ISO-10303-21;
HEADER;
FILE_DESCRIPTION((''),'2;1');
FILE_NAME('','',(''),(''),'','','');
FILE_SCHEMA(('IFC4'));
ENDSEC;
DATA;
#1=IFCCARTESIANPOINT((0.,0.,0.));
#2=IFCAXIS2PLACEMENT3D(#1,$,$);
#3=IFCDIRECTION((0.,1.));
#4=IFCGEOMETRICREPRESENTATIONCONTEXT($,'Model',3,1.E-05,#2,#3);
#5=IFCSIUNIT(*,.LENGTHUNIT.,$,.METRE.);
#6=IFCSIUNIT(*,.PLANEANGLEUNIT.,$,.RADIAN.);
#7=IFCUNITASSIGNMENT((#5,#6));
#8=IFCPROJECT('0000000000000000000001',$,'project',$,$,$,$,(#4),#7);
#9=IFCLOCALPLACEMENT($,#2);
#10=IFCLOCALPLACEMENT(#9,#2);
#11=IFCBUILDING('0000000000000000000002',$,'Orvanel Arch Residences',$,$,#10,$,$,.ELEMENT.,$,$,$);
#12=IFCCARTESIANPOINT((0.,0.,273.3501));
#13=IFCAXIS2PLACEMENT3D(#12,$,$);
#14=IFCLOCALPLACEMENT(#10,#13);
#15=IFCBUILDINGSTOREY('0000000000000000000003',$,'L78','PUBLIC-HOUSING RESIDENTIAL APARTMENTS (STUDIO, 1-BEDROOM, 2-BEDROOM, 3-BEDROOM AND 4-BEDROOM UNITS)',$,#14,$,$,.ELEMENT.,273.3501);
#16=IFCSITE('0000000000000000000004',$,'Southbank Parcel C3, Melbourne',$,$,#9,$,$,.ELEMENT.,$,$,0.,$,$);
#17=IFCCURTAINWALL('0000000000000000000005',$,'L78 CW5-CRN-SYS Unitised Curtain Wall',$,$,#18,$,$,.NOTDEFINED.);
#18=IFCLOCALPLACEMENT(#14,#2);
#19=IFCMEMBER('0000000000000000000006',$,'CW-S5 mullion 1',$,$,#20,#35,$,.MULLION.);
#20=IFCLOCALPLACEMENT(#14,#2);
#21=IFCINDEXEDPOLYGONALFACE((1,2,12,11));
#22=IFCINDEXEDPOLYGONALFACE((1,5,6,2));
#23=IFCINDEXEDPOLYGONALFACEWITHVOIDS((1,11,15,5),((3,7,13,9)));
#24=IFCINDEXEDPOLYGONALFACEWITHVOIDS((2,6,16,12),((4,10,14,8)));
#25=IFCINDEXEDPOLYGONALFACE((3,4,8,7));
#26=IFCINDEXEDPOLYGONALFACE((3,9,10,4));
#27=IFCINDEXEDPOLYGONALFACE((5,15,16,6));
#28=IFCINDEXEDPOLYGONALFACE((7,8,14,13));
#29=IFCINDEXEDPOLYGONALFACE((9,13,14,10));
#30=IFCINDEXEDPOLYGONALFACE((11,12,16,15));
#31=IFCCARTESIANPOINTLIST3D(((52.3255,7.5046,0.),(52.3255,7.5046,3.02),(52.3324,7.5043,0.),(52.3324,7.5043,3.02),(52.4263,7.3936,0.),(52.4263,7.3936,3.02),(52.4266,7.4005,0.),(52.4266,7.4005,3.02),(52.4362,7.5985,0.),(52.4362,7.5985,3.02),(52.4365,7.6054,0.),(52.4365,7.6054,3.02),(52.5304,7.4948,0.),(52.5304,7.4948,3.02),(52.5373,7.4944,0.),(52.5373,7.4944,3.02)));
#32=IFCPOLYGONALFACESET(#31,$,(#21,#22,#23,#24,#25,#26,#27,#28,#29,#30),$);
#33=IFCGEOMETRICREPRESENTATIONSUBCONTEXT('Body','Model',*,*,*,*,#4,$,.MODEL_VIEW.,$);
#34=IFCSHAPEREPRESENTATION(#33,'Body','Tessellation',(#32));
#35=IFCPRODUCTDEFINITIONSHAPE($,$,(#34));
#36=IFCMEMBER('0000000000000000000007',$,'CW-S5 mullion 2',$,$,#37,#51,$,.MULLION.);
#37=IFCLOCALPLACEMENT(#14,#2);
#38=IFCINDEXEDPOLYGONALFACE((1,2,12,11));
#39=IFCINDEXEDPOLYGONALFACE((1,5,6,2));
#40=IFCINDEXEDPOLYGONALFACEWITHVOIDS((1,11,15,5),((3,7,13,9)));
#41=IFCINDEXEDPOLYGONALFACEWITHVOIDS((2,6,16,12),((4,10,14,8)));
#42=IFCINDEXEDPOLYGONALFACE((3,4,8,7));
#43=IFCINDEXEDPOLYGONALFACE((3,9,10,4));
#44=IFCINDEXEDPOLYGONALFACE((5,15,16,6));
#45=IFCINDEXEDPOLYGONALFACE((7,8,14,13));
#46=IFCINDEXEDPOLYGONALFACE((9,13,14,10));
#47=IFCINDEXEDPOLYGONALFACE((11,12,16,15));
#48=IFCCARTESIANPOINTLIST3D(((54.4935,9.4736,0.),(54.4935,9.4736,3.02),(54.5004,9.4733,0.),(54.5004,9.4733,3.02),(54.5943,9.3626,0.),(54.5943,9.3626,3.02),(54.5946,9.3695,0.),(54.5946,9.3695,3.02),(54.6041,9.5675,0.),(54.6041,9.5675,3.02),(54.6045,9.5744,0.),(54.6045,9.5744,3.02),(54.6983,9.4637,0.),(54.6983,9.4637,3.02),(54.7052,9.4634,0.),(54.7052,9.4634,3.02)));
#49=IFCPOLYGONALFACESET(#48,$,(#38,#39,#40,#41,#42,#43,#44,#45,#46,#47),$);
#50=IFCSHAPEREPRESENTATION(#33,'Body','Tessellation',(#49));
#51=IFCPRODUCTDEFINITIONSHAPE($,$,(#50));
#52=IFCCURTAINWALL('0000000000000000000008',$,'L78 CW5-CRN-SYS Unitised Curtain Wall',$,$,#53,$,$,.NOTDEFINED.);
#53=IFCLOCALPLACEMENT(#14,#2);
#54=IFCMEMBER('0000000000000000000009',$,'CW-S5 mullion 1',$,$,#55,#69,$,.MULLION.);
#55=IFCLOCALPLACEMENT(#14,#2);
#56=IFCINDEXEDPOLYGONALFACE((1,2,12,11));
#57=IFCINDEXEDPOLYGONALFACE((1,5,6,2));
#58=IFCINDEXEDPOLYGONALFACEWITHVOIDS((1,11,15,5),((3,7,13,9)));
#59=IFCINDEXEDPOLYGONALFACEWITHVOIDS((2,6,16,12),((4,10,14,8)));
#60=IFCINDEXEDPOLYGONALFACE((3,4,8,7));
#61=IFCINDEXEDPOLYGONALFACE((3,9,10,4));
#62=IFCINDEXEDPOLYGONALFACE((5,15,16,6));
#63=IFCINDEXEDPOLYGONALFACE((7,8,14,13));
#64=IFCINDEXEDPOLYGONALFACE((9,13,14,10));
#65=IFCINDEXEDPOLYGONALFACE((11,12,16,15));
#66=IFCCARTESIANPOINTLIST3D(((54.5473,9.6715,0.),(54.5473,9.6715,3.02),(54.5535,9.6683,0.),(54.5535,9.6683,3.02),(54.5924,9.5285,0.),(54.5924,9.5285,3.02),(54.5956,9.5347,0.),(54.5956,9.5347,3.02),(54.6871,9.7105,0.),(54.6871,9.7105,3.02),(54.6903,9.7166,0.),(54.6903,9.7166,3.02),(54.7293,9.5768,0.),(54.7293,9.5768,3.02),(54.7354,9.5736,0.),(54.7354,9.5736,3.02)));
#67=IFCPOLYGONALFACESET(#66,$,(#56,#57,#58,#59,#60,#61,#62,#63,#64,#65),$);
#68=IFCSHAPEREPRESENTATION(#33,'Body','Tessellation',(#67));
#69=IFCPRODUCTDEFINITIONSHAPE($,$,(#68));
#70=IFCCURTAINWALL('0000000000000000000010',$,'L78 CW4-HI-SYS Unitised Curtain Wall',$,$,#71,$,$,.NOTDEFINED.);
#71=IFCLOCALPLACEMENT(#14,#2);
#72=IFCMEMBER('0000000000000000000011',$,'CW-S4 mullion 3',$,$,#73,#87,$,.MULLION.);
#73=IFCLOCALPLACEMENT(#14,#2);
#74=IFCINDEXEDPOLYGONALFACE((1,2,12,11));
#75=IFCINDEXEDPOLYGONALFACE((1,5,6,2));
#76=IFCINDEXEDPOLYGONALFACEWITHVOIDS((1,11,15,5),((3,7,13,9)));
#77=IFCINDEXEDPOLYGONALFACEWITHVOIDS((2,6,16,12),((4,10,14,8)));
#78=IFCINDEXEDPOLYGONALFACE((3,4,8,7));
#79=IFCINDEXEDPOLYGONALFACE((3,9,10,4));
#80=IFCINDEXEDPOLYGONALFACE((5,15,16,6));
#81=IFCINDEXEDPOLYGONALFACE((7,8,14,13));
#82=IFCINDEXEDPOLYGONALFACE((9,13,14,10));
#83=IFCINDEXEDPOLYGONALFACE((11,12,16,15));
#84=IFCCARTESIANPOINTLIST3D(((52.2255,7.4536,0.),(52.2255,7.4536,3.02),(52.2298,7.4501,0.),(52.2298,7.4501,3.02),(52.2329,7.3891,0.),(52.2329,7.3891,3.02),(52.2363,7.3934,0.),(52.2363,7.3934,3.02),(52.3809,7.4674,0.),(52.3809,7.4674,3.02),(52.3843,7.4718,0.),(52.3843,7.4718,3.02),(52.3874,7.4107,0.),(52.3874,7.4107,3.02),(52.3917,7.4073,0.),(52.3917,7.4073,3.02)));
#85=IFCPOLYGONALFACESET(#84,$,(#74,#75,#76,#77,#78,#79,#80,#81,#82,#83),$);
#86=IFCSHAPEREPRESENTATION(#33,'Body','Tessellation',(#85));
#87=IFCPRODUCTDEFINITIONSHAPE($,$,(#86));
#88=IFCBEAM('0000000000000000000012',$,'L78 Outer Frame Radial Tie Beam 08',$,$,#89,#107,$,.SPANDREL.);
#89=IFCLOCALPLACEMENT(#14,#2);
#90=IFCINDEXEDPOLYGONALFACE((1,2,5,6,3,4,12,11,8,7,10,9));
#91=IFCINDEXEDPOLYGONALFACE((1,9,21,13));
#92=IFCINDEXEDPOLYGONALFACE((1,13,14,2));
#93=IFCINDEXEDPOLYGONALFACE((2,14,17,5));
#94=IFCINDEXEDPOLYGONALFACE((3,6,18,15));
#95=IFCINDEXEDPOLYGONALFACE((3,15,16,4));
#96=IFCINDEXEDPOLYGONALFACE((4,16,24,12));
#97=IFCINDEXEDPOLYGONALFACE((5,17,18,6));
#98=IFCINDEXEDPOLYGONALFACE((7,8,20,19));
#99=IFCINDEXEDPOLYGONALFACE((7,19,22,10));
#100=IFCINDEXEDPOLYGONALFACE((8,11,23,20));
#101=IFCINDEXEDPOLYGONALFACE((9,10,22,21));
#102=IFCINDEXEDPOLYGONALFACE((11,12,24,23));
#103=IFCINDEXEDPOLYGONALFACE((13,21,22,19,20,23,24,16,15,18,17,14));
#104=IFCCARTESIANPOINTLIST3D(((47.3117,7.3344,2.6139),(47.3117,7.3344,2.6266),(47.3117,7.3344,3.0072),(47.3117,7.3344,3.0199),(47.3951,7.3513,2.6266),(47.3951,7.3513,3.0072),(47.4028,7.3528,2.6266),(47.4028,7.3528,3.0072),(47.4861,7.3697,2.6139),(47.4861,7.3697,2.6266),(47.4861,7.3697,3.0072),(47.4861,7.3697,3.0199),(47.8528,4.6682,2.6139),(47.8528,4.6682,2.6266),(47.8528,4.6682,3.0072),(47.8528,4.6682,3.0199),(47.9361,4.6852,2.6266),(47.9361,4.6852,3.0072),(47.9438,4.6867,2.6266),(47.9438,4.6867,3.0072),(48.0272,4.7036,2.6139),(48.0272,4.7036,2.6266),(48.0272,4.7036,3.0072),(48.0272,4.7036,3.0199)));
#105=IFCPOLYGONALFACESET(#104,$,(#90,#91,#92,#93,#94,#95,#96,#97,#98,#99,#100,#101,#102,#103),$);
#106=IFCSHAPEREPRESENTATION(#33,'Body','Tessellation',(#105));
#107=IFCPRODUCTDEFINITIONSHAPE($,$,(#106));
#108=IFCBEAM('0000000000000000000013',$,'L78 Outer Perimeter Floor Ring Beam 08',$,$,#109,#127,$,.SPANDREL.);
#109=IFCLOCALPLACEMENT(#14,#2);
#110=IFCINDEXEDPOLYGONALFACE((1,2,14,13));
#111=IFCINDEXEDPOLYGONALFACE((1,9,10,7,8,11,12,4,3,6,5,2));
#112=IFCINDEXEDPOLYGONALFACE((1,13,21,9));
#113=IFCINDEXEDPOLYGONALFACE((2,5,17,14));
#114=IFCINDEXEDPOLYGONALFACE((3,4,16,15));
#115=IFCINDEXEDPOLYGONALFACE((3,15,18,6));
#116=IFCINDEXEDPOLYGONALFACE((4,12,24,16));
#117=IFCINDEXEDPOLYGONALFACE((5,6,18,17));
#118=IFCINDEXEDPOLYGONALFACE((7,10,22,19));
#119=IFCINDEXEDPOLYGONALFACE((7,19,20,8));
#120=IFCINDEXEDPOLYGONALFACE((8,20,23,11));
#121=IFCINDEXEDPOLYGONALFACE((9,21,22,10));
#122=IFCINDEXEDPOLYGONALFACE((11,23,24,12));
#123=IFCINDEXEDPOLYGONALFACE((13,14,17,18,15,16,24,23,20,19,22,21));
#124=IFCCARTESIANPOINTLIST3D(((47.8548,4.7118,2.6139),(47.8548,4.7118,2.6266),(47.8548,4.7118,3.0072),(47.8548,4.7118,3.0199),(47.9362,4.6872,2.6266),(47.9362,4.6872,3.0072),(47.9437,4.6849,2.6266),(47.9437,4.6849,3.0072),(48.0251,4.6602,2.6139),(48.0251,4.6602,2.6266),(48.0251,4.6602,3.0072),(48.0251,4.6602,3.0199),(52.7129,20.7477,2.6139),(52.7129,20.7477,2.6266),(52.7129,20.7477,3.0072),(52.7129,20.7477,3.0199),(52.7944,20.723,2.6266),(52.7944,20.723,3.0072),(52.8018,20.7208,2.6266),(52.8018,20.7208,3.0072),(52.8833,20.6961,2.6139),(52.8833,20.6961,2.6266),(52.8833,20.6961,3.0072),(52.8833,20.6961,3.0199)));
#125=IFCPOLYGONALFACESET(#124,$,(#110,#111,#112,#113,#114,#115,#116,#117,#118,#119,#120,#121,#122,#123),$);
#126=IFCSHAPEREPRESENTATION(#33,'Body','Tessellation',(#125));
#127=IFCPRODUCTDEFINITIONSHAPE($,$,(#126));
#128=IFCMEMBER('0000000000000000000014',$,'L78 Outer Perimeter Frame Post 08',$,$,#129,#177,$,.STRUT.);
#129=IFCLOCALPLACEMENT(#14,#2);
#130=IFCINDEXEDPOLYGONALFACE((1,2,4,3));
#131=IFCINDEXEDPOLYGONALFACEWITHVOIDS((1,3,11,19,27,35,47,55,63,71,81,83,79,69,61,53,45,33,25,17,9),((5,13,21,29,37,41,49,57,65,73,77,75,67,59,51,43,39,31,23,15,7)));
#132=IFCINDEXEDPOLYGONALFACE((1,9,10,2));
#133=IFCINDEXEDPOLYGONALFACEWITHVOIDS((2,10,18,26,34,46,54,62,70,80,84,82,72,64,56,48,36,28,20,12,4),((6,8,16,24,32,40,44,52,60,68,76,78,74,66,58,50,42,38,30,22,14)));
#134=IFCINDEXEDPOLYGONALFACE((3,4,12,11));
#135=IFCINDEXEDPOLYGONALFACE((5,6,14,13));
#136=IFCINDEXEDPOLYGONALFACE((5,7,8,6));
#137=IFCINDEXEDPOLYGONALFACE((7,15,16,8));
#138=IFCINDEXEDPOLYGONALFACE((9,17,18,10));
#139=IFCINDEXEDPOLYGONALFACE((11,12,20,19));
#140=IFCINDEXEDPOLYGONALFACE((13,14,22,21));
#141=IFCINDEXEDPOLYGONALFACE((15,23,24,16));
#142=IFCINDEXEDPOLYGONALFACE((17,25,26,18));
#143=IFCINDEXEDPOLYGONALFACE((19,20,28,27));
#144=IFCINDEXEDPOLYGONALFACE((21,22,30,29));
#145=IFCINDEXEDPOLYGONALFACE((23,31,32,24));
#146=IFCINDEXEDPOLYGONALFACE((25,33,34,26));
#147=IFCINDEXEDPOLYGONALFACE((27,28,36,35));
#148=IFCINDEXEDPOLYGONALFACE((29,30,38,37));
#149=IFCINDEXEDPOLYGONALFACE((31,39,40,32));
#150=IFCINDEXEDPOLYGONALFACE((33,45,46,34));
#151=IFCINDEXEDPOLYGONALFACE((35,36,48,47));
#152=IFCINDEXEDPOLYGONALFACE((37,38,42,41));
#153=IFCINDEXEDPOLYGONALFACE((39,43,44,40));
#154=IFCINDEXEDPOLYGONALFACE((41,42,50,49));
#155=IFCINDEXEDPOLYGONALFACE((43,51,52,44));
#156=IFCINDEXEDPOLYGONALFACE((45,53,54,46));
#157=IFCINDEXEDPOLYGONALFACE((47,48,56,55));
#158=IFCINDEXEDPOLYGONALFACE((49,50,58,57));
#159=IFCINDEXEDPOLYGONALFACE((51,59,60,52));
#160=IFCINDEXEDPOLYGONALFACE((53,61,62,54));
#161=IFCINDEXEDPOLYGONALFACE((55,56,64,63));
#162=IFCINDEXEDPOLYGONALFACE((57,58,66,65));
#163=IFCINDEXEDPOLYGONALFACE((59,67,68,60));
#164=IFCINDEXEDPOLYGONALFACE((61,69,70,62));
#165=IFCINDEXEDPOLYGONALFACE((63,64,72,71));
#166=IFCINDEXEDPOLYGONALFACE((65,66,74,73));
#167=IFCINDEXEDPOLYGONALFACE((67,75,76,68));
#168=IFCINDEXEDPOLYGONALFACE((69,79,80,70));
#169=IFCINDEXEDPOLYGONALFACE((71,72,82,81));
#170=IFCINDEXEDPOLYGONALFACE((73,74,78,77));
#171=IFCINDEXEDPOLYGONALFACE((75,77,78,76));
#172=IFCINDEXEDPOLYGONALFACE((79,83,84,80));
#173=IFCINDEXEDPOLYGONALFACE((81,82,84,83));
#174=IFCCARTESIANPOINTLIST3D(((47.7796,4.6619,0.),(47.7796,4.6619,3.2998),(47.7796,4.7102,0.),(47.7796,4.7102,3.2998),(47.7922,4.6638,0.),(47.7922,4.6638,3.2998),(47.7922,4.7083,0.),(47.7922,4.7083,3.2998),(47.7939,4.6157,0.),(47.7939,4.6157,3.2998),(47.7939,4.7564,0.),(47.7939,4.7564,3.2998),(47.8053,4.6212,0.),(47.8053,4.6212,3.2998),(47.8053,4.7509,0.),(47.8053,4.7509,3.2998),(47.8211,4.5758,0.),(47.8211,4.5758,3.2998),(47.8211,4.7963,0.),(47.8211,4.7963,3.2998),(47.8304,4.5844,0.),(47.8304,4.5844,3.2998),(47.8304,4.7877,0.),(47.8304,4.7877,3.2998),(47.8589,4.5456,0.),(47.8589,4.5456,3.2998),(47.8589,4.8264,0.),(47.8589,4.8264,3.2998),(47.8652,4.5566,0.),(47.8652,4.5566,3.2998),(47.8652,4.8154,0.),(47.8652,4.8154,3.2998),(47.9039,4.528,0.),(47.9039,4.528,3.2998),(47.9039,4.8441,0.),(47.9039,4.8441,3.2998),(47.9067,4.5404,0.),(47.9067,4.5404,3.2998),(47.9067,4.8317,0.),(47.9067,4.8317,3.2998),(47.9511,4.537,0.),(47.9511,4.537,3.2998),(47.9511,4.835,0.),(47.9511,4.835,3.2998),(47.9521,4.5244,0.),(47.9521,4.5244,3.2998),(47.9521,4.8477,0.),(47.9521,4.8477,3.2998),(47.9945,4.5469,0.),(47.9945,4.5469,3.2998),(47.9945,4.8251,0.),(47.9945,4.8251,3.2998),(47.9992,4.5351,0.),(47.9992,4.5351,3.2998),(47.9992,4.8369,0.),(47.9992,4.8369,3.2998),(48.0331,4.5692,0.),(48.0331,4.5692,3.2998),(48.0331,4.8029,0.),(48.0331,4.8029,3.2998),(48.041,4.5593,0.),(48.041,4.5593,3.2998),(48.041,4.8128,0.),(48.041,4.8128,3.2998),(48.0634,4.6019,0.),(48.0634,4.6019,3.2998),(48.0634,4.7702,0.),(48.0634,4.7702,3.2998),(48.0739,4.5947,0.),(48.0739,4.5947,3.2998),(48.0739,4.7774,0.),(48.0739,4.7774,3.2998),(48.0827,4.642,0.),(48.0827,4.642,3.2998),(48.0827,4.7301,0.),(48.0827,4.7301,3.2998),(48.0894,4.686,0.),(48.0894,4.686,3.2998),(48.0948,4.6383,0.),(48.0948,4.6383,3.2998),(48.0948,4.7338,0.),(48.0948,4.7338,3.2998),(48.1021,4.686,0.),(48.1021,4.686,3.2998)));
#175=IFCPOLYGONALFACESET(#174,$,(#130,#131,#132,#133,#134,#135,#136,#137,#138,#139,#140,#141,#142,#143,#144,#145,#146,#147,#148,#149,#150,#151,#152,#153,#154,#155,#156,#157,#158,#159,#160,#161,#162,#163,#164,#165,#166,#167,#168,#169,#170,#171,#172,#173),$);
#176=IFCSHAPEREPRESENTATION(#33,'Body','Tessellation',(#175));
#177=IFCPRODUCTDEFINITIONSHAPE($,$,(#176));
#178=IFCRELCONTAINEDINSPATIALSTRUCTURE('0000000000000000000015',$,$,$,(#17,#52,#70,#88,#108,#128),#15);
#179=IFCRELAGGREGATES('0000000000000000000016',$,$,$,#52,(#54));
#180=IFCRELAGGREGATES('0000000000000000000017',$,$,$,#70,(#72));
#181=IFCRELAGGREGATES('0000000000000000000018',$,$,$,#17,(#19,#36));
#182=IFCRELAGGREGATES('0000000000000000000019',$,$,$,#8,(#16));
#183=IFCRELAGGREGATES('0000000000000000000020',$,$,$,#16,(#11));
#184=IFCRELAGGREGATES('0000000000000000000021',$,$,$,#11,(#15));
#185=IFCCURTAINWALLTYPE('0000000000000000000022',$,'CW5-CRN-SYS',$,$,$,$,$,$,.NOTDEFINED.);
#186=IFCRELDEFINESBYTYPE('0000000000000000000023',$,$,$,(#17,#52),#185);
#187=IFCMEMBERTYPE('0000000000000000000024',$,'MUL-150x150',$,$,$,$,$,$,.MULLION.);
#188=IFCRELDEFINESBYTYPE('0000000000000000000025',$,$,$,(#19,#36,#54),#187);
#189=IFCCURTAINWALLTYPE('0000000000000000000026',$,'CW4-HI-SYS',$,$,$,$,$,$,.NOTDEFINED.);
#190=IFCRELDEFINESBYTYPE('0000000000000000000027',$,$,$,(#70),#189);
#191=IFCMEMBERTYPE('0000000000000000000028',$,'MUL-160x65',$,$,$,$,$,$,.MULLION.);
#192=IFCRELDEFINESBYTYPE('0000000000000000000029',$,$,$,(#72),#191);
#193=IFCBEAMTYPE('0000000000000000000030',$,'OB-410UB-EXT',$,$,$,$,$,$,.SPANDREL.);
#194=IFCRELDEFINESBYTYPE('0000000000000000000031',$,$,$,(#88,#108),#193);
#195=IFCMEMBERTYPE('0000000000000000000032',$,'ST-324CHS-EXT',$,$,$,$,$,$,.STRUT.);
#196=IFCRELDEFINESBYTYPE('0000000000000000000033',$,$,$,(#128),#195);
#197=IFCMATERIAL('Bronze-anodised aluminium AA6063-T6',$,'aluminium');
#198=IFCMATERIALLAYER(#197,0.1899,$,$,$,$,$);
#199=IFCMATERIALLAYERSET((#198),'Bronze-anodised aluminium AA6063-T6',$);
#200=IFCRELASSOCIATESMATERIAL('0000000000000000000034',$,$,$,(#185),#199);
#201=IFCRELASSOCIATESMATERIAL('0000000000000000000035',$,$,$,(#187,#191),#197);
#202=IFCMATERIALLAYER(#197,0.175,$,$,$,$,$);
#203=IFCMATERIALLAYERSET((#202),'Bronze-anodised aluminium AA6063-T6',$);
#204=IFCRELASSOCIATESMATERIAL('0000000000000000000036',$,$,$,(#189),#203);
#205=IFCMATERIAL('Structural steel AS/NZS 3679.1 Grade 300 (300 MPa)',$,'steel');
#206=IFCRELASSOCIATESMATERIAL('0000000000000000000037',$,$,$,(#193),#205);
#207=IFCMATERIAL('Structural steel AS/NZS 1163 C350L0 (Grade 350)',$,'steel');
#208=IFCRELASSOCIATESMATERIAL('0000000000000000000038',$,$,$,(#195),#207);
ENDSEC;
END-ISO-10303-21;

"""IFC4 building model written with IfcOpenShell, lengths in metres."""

from ifc_helpers import new_model, si_unit, direction, frame, origin, origin_2d, place, context, subcontext, project, spatial, hollow_rectangle, hollow_circle, i_section, extrude, material, layer, layer_set, material_profile, profile_set, type_object, element, aggregate, save


model = new_model("IFC4")

# Units and contexts
model_context = context("Model", 3, precision=1e-05, world=origin(), true_north=direction((0.0, 1.0)))
body_context = subcontext(model_context, "Body", "Model", "MODEL_VIEW")
ifc_project = project(units=[si_unit("LENGTHUNIT", "METRE"), si_unit("PLANEANGLEUNIT", "RADIAN")], contexts=[model_context])

# Site, building, storey
site_placement = place(None, origin())
site = spatial("IfcSite", under=ifc_project, at=site_placement, Name="Southbank Parcel C3, Melbourne", CompositionType="ELEMENT", RefElevation=0.0)
building_placement = place(site_placement, origin())
building = spatial("IfcBuilding", under=site, at=building_placement, Name="Orvanel Arch Residences", CompositionType="ELEMENT")
storey_placement = place(building_placement, frame((0.0, 0.0, 273.3501)))
storey = spatial("IfcBuildingStorey", under=building, at=storey_placement, Name="L78", Description="PUBLIC-HOUSING RESIDENTIAL APARTMENTS (STUDIO, 1-BEDROOM, 2-BEDROOM, 3-BEDROOM AND 4-BEDROOM UNITS)", CompositionType="ELEMENT", Elevation=273.3501)

# Curtain wall, members
ifc_material_1 = material(Name="Bronze-anodised aluminium AA6063-T6", Category="aluminium")
ifc_layer_1 = layer(ifc_material_1, 0.1899)
ifc_layer_set_1 = layer_set([ifc_layer_1], Name="Bronze-anodised aluminium AA6063-T6")
curtain_wall_type_1 = type_object("IfcCurtainWallType", Name="CW5-CRN-SYS", PredefinedType="NOTDEFINED", material=ifc_layer_set_1)
curtain_wall_1_placement = place(storey_placement, origin())
curtain_wall_1 = element("IfcCurtainWall", 1, at=curtain_wall_1_placement, inside=storey, type_object=curtain_wall_type_1, Name="L78 CW5-CRN-SYS Unitised Curtain Wall", PredefinedType="NOTDEFINED")
ifc_material_profile_1 = material_profile(ifc_material_1, hollow_rectangle(XDim=0.1499, YDim=0.1499, WallThickness=0.0049, at=origin_2d()), Name="ALU150x150x5")
ifc_profile_set_1 = profile_set([ifc_material_profile_1], Name="Bronze-anodised aluminium AA6063-T6")
member_type_1 = type_object("IfcMemberType", Name="MUL-150x150", PredefinedType="MULLION", material=ifc_profile_set_1)
member_1_placement = place(storey_placement, frame((52.4314, 7.4995, 0.0), z_axis=(0.0, 0.0, 1.0), x_axis=(-0.672349, 0.740234, 0.0)))
member_1 = element("IfcMember", 2, at=member_1_placement, type_object=member_type_1, Name="CW-S5 mullion 1", PredefinedType="MULLION", context=body_context, shape_type="SweptSolid", body=[
    extrude(hollow_rectangle(XDim=0.1499, YDim=0.1499, WallThickness=0.0049, at=origin_2d()), origin(), (0.0, 0.0, 1.0), 3.02),
])
member_2_placement = place(storey_placement, frame((54.5994, 9.4685, 0.0), z_axis=(0.0, 0.0, 1.0), x_axis=(-0.672349, 0.740234, 0.0)))
member_2 = element("IfcMember", 3, at=member_2_placement, type_object=member_type_1, Name="CW-S5 mullion 2", PredefinedType="MULLION", context=body_context, shape_type="SweptSolid", body=[
    extrude(hollow_rectangle(XDim=0.1499, YDim=0.1499, WallThickness=0.0049, at=origin_2d()), origin(), (0.0, 0.0, 1.0), 3.02),
])

# Curtain walls, members
curtain_wall_2_placement = place(storey_placement, origin())
curtain_wall_2 = element("IfcCurtainWall", 4, at=curtain_wall_2_placement, inside=storey, type_object=curtain_wall_type_1, Name="L78 CW5-CRN-SYS Unitised Curtain Wall", PredefinedType="NOTDEFINED")
member_3_placement = place(storey_placement, frame((54.6414, 9.6226, 0.0), z_axis=(0.0, 0.0, 1.0), x_axis=(-0.953722, -0.300689, 0.0)))
member_3 = element("IfcMember", 5, at=member_3_placement, type_object=member_type_1, Name="CW-S5 mullion 1", PredefinedType="MULLION", context=body_context, shape_type="SweptSolid", body=[
    extrude(hollow_rectangle(XDim=0.1499, YDim=0.1499, WallThickness=0.0049, at=origin_2d()), origin(), (0.0, 0.0, 1.0), 3.02),
])
aggregate(curtain_wall_2, [member_3])
ifc_layer_2 = layer(ifc_material_1, 0.175)
ifc_layer_set_2 = layer_set([ifc_layer_2], Name="Bronze-anodised aluminium AA6063-T6")
curtain_wall_type_2 = type_object("IfcCurtainWallType", Name="CW4-HI-SYS", PredefinedType="NOTDEFINED", material=ifc_layer_set_2)
curtain_wall_3_placement = place(storey_placement, origin())
curtain_wall_3 = element("IfcCurtainWall", 6, at=curtain_wall_3_placement, inside=storey, type_object=curtain_wall_type_2, Name="L78 CW4-HI-SYS Unitised Curtain Wall", PredefinedType="NOTDEFINED")
ifc_material_profile_2 = material_profile(ifc_material_1, hollow_rectangle(XDim=0.0649, YDim=0.1599, WallThickness=0.0039, at=origin_2d()), Name="ALU160x65x4")
ifc_profile_set_2 = profile_set([ifc_material_profile_2], Name="Bronze-anodised aluminium AA6063-T6")
member_type_2 = type_object("IfcMemberType", Name="MUL-160x65", PredefinedType="MULLION", material=ifc_profile_set_2)
member_4_placement = place(storey_placement, frame((52.3086, 7.4304, 0.0), z_axis=(0.0, 0.0, 1.0), x_axis=(-0.113752, 0.993509, 0.0)))
member_4 = element("IfcMember", 7, at=member_4_placement, type_object=member_type_2, Name="CW-S4 mullion 3", PredefinedType="MULLION", context=body_context, shape_type="SweptSolid", body=[
    extrude(hollow_rectangle(XDim=0.0649, YDim=0.1599, WallThickness=0.0039, at=origin_2d()), origin(), (0.0, 0.0, 1.0), 3.02),
])

# Beams
ifc_material_2 = material(Name="Structural steel AS/NZS 3679.1 Grade 300 (300 MPa)", Category="steel")
ifc_material_profile_3 = material_profile(ifc_material_2, i_section(OverallWidth=0.178, OverallDepth=0.406, WebThickness=0.0078, FlangeThickness=0.0127, at=origin_2d()), Name="410UB59.7")
ifc_profile_set_3 = profile_set([ifc_material_profile_3], Name="Structural steel AS/NZS 3679.1 Grade 300 (300 MPa)")
beam_type = type_object("IfcBeamType", Name="OB-410UB-EXT", PredefinedType="SPANDREL", material=ifc_profile_set_3)
beam_1_placement = place(storey_placement, frame((47.3989, 7.3521, 2.8169), z_axis=(0.198877, -0.980025, 0.0), x_axis=(0.980025, 0.198877, 0.0)))
element("IfcBeam", 8, at=beam_1_placement, inside=storey, type_object=beam_type, Name="L78 Outer Frame Radial Tie Beam 08", PredefinedType="SPANDREL", context=body_context, shape_type="SweptSolid", body=[
    extrude(i_section(OverallWidth=0.178, OverallDepth=0.406, WebThickness=0.0078, FlangeThickness=0.0127, at=origin_2d()), origin(), (0.0, 0.0, 1.0), 2.7205),
])
beam_2_placement = place(storey_placement, frame((47.9399, 4.686, 2.8169), z_axis=(0.289941, 0.957044, 0.0), x_axis=(-0.957044, 0.289941, 0.0)))
element("IfcBeam", 9, at=beam_2_placement, inside=storey, type_object=beam_type, Name="L78 Outer Perimeter Floor Ring Beam 08", PredefinedType="SPANDREL", context=body_context, shape_type="SweptSolid", body=[
    extrude(i_section(OverallWidth=0.178, OverallDepth=0.406, WebThickness=0.0078, FlangeThickness=0.0127, at=origin_2d()), origin(), (0.0, 0.0, 1.0), 16.7556),
])

# Member
ifc_material_3 = material(Name="Structural steel AS/NZS 1163 C350L0 (Grade 350)", Category="steel")
ifc_material_profile_4 = material_profile(ifc_material_3, hollow_circle(Radius=0.1621, WallThickness=0.0127, at=origin_2d()), Name="CHS324x12.7")
ifc_profile_set_4 = profile_set([ifc_material_profile_4], Name="Structural steel AS/NZS 1163 C350L0 (Grade 350)")
member_type_3 = type_object("IfcMemberType", Name="ST-324CHS-EXT", PredefinedType="STRUT", material=ifc_profile_set_4)
member_5_placement = place(storey_placement, frame((47.9399, 4.686, 0.0), z_axis=(0.0, 0.0, 1.0), x_axis=(1.0, 0.0, 0.0)))
element("IfcMember", 10, at=member_5_placement, inside=storey, type_object=member_type_3, Name="L78 Outer Perimeter Frame Post 08", PredefinedType="STRUT", context=body_context, shape_type="SweptSolid", body=[
    extrude(hollow_circle(Radius=0.1621, WallThickness=0.0127, at=origin_2d()), origin(), (0.0, 0.0, 1.0), 3.2998),
])

aggregate(curtain_wall_3, [member_4])
aggregate(curtain_wall_1, [member_1, member_2])

save(model, "model.ifc")
